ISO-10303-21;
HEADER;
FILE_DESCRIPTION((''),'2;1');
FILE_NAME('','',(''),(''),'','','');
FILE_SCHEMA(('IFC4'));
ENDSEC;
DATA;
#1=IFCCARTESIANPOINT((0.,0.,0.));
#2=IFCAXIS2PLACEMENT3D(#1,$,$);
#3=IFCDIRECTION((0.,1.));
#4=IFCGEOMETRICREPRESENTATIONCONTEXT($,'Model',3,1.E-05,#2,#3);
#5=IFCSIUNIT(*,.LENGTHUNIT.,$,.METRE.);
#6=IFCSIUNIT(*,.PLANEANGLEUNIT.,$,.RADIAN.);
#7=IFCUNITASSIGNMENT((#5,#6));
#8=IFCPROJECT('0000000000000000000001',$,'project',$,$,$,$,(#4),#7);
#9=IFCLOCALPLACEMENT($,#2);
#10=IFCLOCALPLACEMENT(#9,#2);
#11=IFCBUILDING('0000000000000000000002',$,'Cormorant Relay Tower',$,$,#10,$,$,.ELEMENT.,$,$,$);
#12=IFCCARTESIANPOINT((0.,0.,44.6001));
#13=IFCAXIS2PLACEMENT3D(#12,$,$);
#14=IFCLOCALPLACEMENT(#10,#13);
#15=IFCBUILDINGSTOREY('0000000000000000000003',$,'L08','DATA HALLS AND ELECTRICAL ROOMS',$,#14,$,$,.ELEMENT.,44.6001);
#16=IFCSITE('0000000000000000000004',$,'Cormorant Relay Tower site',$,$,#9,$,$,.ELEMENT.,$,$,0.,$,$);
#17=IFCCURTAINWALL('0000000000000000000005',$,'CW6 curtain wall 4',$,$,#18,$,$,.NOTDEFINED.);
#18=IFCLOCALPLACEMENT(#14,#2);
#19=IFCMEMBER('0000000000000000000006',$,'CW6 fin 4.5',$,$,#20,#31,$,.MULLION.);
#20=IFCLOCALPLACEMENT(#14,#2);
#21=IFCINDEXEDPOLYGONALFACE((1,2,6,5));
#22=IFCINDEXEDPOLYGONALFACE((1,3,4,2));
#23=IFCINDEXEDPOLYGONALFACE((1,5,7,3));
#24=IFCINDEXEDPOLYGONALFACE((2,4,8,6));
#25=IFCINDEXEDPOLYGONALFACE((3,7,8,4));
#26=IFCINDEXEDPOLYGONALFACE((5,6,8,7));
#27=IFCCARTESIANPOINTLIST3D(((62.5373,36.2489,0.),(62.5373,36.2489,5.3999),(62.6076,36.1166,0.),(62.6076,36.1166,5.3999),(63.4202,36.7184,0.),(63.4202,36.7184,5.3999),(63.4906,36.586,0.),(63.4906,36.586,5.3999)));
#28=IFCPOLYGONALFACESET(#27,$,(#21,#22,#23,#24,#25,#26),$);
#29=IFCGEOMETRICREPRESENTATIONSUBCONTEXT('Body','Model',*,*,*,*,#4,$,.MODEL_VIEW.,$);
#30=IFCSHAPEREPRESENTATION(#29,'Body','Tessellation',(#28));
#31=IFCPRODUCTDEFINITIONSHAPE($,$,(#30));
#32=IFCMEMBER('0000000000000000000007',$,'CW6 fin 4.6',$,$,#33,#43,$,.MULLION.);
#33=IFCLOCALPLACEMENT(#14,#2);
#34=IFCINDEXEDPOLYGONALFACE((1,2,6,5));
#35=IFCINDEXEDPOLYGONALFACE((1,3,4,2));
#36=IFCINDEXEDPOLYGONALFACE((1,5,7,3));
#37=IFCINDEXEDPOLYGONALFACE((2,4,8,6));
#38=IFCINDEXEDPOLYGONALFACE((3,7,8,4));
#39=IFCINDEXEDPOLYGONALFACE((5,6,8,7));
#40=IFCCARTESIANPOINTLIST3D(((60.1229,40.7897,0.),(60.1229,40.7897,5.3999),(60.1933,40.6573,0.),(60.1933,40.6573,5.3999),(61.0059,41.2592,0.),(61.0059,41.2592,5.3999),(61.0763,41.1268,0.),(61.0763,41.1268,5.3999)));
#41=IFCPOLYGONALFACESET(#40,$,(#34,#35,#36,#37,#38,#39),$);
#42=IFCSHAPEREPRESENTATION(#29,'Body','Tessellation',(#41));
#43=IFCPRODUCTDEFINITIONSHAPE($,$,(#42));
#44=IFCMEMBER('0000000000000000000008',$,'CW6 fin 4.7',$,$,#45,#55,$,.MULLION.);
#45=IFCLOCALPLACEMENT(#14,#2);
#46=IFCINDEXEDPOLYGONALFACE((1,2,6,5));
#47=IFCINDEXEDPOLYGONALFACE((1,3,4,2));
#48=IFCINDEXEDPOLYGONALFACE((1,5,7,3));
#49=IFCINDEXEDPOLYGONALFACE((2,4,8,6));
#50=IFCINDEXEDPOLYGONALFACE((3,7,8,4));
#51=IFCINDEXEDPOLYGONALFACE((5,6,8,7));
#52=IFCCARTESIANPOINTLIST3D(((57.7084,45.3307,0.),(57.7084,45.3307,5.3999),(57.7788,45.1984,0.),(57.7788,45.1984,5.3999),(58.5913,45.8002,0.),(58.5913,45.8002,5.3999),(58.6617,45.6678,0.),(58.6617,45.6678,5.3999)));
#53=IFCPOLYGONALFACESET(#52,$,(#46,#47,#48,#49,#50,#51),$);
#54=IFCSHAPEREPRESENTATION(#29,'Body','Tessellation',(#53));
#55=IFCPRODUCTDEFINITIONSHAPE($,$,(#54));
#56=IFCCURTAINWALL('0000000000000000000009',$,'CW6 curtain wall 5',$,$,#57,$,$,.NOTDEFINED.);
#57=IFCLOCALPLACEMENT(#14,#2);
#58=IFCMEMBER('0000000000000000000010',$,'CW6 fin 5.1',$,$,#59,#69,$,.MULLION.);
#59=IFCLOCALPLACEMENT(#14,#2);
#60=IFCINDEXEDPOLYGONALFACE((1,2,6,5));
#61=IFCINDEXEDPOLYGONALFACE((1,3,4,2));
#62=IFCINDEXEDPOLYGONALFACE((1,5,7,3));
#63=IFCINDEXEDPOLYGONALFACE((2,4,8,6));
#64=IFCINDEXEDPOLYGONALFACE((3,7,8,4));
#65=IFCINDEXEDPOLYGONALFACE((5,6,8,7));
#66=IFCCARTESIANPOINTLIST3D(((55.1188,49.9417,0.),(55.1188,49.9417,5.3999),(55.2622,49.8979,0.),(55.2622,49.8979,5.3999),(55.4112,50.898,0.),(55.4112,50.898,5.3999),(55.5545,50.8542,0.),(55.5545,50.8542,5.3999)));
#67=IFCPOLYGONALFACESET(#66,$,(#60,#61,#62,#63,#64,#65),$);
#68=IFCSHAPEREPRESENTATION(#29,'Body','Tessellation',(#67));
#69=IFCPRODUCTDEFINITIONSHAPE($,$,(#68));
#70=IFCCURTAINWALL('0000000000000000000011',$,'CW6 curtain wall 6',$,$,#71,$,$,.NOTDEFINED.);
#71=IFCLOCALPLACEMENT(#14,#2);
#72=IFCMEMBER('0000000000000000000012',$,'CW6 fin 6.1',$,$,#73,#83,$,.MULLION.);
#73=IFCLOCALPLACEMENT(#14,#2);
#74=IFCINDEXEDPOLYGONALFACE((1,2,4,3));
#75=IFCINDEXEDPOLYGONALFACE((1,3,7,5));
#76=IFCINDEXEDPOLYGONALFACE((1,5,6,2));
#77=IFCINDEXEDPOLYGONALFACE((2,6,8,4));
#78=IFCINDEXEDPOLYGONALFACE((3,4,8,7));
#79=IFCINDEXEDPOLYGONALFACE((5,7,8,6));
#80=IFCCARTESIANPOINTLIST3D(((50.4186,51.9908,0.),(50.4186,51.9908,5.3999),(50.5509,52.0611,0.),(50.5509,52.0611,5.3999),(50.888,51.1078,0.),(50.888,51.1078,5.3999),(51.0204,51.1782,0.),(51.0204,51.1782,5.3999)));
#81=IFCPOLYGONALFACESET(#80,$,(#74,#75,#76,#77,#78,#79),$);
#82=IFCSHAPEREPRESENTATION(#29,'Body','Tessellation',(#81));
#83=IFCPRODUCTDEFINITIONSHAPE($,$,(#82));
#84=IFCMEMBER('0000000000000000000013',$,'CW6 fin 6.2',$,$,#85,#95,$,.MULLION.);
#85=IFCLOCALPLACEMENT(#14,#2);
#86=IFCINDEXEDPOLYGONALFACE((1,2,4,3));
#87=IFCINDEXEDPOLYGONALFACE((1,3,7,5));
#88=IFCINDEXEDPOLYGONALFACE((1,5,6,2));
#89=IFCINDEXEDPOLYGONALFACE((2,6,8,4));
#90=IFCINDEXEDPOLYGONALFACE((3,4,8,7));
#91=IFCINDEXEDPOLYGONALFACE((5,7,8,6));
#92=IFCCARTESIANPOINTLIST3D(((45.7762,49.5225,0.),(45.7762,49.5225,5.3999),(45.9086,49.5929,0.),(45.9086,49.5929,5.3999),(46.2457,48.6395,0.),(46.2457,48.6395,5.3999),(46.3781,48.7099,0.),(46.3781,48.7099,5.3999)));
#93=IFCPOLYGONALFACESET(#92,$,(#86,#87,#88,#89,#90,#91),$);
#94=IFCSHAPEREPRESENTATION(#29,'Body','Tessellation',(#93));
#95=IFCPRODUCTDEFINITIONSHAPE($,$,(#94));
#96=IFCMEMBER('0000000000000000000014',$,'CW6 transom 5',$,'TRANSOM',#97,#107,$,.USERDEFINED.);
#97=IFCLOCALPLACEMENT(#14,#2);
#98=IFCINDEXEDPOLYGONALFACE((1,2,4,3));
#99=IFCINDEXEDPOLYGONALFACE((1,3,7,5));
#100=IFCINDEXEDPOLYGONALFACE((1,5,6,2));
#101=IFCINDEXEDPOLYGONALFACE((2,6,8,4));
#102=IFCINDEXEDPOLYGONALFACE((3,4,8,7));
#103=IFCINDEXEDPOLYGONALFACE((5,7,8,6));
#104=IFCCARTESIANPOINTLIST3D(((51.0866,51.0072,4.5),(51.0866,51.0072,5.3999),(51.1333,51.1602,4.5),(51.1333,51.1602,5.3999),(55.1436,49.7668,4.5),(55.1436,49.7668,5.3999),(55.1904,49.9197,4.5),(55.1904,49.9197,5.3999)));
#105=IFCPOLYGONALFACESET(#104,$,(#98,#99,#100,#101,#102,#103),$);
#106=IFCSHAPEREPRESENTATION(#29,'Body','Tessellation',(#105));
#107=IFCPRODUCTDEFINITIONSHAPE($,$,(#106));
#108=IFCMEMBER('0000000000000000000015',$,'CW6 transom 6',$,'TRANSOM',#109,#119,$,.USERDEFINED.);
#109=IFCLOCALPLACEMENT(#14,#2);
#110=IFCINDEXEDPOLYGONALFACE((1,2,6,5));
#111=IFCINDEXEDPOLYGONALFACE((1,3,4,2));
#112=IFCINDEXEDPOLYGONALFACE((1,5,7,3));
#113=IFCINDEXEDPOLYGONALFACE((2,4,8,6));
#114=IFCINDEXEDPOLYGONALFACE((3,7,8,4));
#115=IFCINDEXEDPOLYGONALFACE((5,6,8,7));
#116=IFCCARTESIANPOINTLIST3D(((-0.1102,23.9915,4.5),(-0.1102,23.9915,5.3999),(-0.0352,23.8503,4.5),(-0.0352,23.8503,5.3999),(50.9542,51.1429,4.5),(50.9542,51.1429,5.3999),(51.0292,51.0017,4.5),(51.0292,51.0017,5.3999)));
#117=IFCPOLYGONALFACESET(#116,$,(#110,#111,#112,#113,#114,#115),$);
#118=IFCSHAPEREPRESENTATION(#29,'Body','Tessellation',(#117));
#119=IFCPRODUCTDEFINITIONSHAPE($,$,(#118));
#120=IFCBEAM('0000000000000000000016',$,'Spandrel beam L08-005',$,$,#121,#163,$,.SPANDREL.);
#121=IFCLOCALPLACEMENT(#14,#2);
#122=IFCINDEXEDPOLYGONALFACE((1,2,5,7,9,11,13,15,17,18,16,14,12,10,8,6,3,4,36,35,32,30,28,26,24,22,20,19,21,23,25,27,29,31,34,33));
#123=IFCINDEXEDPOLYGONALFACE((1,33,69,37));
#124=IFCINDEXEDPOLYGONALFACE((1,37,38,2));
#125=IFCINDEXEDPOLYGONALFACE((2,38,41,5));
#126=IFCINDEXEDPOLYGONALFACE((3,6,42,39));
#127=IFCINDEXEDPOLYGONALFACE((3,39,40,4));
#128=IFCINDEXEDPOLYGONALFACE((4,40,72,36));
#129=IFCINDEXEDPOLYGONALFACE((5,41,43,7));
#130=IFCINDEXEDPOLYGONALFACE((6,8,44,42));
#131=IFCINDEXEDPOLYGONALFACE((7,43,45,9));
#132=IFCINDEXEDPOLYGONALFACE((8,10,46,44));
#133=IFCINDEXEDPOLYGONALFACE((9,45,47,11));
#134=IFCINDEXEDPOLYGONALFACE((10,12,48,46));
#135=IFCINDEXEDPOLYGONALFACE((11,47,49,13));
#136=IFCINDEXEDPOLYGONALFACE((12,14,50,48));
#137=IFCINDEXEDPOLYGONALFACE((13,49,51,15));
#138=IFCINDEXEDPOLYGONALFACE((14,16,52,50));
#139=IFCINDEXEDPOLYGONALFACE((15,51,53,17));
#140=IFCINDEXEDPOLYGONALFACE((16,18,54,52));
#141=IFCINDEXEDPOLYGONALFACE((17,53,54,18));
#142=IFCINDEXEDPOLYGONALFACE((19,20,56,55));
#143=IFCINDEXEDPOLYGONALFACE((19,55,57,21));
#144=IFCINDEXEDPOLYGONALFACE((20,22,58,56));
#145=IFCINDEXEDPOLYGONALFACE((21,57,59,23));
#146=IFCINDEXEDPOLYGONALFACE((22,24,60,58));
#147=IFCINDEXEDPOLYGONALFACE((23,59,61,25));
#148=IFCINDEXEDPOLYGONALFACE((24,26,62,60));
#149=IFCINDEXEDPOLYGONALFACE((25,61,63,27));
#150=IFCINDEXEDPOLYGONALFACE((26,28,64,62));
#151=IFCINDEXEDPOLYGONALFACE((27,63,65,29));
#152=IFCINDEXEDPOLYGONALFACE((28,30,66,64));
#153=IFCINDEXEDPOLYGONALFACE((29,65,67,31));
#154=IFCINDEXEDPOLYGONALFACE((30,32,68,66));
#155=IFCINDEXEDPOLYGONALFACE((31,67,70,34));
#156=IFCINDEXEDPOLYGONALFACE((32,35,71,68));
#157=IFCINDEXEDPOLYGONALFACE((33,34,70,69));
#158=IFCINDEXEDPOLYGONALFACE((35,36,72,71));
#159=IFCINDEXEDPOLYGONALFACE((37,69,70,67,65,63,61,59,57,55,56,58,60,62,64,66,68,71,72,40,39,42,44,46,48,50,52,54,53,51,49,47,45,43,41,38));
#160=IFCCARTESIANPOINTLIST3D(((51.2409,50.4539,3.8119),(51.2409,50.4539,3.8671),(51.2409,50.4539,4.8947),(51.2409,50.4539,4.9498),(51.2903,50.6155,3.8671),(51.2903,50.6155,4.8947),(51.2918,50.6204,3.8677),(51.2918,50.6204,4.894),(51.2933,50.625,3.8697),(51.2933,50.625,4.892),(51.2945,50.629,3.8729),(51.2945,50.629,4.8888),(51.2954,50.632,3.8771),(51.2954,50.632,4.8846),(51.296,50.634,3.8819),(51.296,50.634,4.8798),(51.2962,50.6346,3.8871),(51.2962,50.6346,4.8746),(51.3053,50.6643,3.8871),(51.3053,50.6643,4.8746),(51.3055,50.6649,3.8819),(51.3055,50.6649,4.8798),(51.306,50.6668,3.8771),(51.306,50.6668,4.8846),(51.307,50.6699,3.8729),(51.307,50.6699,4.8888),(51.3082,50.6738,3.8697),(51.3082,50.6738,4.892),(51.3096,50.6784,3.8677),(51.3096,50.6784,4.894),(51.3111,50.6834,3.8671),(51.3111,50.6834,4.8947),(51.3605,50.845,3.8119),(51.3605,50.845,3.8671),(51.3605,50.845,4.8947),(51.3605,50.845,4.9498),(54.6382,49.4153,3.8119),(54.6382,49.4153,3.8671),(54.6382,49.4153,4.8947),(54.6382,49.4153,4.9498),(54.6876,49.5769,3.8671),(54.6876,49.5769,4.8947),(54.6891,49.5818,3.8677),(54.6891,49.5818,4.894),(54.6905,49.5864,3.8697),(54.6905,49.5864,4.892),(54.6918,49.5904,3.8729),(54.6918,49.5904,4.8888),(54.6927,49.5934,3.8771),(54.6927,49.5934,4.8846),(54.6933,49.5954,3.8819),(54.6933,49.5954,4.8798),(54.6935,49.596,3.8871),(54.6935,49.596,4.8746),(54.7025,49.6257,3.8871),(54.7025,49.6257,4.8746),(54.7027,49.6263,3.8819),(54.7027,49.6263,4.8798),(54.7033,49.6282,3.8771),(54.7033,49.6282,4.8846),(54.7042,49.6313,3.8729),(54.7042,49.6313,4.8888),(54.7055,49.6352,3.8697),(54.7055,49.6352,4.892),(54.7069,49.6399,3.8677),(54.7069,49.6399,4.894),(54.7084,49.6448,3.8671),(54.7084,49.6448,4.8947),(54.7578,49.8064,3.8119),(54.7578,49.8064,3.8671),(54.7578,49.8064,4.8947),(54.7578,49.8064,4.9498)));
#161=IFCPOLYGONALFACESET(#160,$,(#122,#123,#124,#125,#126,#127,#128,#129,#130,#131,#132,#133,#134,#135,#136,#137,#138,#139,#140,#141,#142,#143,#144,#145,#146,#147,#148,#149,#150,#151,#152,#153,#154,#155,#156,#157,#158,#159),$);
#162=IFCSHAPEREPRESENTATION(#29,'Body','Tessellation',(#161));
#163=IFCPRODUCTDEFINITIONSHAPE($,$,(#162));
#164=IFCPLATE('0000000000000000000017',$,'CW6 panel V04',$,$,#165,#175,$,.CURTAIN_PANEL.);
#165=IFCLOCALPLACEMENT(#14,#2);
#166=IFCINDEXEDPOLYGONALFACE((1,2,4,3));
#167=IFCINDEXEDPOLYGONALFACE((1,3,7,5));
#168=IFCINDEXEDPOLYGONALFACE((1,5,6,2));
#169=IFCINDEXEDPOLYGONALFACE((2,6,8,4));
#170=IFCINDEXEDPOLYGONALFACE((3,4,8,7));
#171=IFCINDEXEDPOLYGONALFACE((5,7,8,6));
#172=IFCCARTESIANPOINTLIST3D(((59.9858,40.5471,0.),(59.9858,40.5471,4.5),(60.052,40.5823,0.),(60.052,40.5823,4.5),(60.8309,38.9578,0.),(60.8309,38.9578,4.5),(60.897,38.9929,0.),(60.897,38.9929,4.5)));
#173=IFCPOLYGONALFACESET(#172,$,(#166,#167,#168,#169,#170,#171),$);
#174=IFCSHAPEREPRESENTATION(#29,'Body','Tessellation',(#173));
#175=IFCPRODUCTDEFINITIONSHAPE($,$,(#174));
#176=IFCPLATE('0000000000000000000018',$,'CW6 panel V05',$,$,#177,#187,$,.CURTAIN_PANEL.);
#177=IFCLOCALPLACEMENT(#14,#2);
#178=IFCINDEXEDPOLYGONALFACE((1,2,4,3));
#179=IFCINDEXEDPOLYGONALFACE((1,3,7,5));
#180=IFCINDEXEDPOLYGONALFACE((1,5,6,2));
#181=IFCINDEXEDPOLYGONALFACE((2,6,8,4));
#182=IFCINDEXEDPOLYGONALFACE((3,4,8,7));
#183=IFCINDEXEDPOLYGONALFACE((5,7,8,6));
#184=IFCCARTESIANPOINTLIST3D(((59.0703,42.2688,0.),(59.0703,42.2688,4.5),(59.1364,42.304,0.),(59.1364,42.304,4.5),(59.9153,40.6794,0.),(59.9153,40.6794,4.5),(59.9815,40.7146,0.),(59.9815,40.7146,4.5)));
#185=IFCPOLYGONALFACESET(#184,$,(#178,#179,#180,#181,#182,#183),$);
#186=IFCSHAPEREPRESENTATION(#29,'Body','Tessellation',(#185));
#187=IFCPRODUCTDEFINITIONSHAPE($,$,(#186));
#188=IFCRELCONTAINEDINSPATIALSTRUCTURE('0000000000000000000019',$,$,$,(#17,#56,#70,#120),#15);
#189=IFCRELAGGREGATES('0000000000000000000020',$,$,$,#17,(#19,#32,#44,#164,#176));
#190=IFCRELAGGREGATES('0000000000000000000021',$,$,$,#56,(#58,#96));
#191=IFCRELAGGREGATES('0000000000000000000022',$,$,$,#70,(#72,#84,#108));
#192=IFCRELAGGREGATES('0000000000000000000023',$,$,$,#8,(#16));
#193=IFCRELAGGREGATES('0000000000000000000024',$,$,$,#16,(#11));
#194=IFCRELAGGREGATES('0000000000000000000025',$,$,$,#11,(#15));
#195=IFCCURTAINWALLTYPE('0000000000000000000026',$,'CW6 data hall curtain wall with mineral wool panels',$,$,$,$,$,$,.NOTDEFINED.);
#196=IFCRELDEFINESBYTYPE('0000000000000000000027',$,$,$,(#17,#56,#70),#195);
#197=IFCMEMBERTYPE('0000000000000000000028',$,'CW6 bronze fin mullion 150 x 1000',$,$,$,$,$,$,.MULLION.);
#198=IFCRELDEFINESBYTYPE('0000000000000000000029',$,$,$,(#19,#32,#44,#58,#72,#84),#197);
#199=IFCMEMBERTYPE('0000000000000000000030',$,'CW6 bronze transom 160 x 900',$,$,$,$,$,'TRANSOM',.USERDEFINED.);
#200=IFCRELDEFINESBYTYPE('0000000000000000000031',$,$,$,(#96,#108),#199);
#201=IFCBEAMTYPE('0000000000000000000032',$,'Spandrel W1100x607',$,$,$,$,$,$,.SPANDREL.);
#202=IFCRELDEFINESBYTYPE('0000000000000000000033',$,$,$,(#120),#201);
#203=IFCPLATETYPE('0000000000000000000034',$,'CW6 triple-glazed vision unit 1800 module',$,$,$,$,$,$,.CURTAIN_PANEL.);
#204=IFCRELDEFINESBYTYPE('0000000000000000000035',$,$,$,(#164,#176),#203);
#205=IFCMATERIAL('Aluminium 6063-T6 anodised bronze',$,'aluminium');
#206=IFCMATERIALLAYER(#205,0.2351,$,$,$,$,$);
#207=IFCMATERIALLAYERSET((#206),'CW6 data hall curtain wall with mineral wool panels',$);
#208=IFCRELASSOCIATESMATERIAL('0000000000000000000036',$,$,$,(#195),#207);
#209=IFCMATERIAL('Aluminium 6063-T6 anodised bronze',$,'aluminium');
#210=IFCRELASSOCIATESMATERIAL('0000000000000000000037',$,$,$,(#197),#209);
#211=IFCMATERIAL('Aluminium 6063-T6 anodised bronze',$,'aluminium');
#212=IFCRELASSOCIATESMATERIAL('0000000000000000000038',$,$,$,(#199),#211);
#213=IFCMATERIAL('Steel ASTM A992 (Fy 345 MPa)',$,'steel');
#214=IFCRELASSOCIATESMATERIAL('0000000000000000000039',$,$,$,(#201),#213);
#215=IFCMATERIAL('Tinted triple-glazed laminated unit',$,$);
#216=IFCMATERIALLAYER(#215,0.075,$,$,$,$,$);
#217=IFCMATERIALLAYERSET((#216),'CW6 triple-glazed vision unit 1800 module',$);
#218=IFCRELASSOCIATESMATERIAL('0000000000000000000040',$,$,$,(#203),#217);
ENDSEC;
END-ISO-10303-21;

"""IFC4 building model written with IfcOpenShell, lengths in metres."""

from ifc_helpers import new_model, si_unit, direction, frame, origin, origin_2d, place, context, subcontext, project, spatial, rectangle, i_section, extrude, material, layer, layer_set, material_profile, profile_set, type_object, element, aggregate, save


model = new_model("IFC4")

# Units and contexts
model_context = context("Model", 3, precision=1e-05, world=origin(), true_north=direction((0.0, 1.0)))
body_context = subcontext(model_context, "Body", "Model", "MODEL_VIEW")
ifc_project = project(units=[si_unit("LENGTHUNIT", "METRE"), si_unit("PLANEANGLEUNIT", "RADIAN")], contexts=[model_context])

# Site, building, storey
site_placement = place(None, origin())
site = spatial("IfcSite", under=ifc_project, at=site_placement, Name="Cormorant Relay Tower site", CompositionType="ELEMENT", RefElevation=0.0)
building_placement = place(site_placement, origin())
building = spatial("IfcBuilding", under=site, at=building_placement, Name="Cormorant Relay Tower", CompositionType="ELEMENT")
storey_placement = place(building_placement, frame((0.0, 0.0, 44.6001)))
storey = spatial("IfcBuildingStorey", under=building, at=storey_placement, Name="L08", Description="DATA HALLS AND ELECTRICAL ROOMS", CompositionType="ELEMENT", Elevation=44.6001)

# Curtain wall, members
ifc_material_1 = material(Name="Aluminium 6063-T6 anodised bronze", Category="aluminium")
ifc_layer_1 = layer(ifc_material_1, 0.2351)
ifc_layer_set_1 = layer_set([ifc_layer_1], Name="CW6 data hall curtain wall with mineral wool panels")
curtain_wall_type = type_object("IfcCurtainWallType", Name="CW6 data hall curtain wall with mineral wool panels", PredefinedType="NOTDEFINED", material=ifc_layer_set_1)
curtain_wall_1_placement = place(storey_placement, origin())
curtain_wall_1 = element("IfcCurtainWall", 1, at=curtain_wall_1_placement, inside=storey, type_object=curtain_wall_type, Name="CW6 curtain wall 4", PredefinedType="NOTDEFINED")
ifc_material_2 = material(Name="Aluminium 6063-T6 anodised bronze", Category="aluminium")
ifc_material_profile_1 = material_profile(ifc_material_2, rectangle(XDim=0.1499, YDim=1.0, at=origin_2d()), Name="AL 150x1000")
ifc_profile_set_1 = profile_set([ifc_material_profile_1], Name="Aluminium 6063-T6 anodised bronze")
member_type_1 = type_object("IfcMemberType", Name="CW6 bronze fin mullion 150 x 1000", PredefinedType="MULLION", material=ifc_profile_set_1)
member_1_placement = place(storey_placement, frame((63.0139, 36.4175, 0.0), z_axis=(0.0, 0.0, 1.0), x_axis=(-0.469472, 0.882948, 0.0)))
member_1 = element("IfcMember", 2, at=member_1_placement, type_object=member_type_1, Name="CW6 fin 4.5", PredefinedType="MULLION", context=body_context, shape_type="SweptSolid", body=[
    extrude(rectangle(XDim=0.1499, YDim=1.0, at=origin_2d()), origin(), (0.0, 0.0, 1.0), 5.3999),
])
member_2_placement = place(storey_placement, frame((60.5996, 40.9583, 0.0), z_axis=(0.0, 0.0, 1.0), x_axis=(-0.469472, 0.882948, 0.0)))
member_2 = element("IfcMember", 3, at=member_2_placement, type_object=member_type_1, Name="CW6 fin 4.6", PredefinedType="MULLION", context=body_context, shape_type="SweptSolid", body=[
    extrude(rectangle(XDim=0.1499, YDim=1.0, at=origin_2d()), origin(), (0.0, 0.0, 1.0), 5.3999),
])
member_3_placement = place(storey_placement, frame((58.1851, 45.4993, 0.0), z_axis=(0.0, 0.0, 1.0), x_axis=(-0.469472, 0.882948, 0.0)))
member_3 = element("IfcMember", 4, at=member_3_placement, type_object=member_type_1, Name="CW6 fin 4.7", PredefinedType="MULLION", context=body_context, shape_type="SweptSolid", body=[
    extrude(rectangle(XDim=0.1499, YDim=1.0, at=origin_2d()), origin(), (0.0, 0.0, 1.0), 5.3999),
])

# Curtain wall, member
curtain_wall_2_placement = place(storey_placement, origin())
curtain_wall_2 = element("IfcCurtainWall", 5, at=curtain_wall_2_placement, inside=storey, type_object=curtain_wall_type, Name="CW6 curtain wall 5", PredefinedType="NOTDEFINED")
member_4_placement = place(storey_placement, frame((55.3367, 50.3979, 0.0), z_axis=(0.0, 0.0, 1.0), x_axis=(-0.956305, 0.292372, 0.0)))
member_4 = element("IfcMember", 6, at=member_4_placement, type_object=member_type_1, Name="CW6 fin 5.1", PredefinedType="MULLION", context=body_context, shape_type="SweptSolid", body=[
    extrude(rectangle(XDim=0.1499, YDim=1.0, at=origin_2d()), origin(), (0.0, 0.0, 1.0), 5.3999),
])

# Curtain wall, members
curtain_wall_3_placement = place(storey_placement, origin())
curtain_wall_3 = element("IfcCurtainWall", 7, at=curtain_wall_3_placement, inside=storey, type_object=curtain_wall_type, Name="CW6 curtain wall 6", PredefinedType="NOTDEFINED")
member_5_placement = place(storey_placement, frame((50.7195, 51.5845, 0.0), z_axis=(0.0, 0.0, 1.0), x_axis=(-0.882948, -0.469472, 0.0)))
member_5 = element("IfcMember", 8, at=member_5_placement, type_object=member_type_1, Name="CW6 fin 6.1", PredefinedType="MULLION", context=body_context, shape_type="SweptSolid", body=[
    extrude(rectangle(XDim=0.1499, YDim=1.0, at=origin_2d()), origin(), (0.0, 0.0, 1.0), 5.3999),
])
member_6_placement = place(storey_placement, frame((46.0771, 49.1162, 0.0), z_axis=(0.0, 0.0, 1.0), x_axis=(-0.882948, -0.469472, 0.0)))
member_6 = element("IfcMember", 9, at=member_6_placement, type_object=member_type_1, Name="CW6 fin 6.2", PredefinedType="MULLION", context=body_context, shape_type="SweptSolid", body=[
    extrude(rectangle(XDim=0.1499, YDim=1.0, at=origin_2d()), origin(), (0.0, 0.0, 1.0), 5.3999),
])

# Members
ifc_material_3 = material(Name="Aluminium 6063-T6 anodised bronze", Category="aluminium")
ifc_material_profile_2 = material_profile(ifc_material_3, rectangle(XDim=0.1599, YDim=0.8999, at=origin_2d()), Name="AL 160x900")
ifc_profile_set_2 = profile_set([ifc_material_profile_2], Name="Aluminium 6063-T6 anodised bronze")
member_type_2 = type_object("IfcMemberType", Name="CW6 bronze transom 160 x 900", ElementType="TRANSOM", PredefinedType="USERDEFINED", material=ifc_profile_set_2)
member_7_placement = place(storey_placement, frame((55.167, 49.8433, 4.95), z_axis=(-0.956299, 0.292391, 0.0), x_axis=(-0.292391, -0.956299, 0.0)))
member_7 = element("IfcMember", 10, at=member_7_placement, type_object=member_type_2, Name="CW6 transom 5", ObjectType="TRANSOM", PredefinedType="USERDEFINED", context=body_context, shape_type="SweptSolid", body=[
    extrude(rectangle(XDim=0.1599, YDim=0.8999, at=origin_2d()), origin(), (0.0, 0.0, 1.0), 4.2424),
])
member_8_placement = place(storey_placement, frame((50.9917, 51.0723, 4.95), z_axis=(-0.882948, -0.46947, 0.0), x_axis=(0.46947, -0.882948, 0.0)))
member_8 = element("IfcMember", 11, at=member_8_placement, type_object=member_type_2, Name="CW6 transom 6", ObjectType="TRANSOM", PredefinedType="USERDEFINED", context=body_context, shape_type="SweptSolid", body=[
    extrude(rectangle(XDim=0.1599, YDim=0.8999, at=origin_2d()), origin(), (0.0, 0.0, 1.0), 57.834),
])

# Beam
ifc_material_4 = material(Name="Steel ASTM A992 (Fy 345 MPa)", Category="steel")
ifc_material_profile_3 = material_profile(ifc_material_4, i_section(OverallWidth=0.4089, OverallDepth=1.1379, WebThickness=0.031, FlangeThickness=0.0552, FilletRadius=0.02, at=origin_2d()), Name="W1100x607")
ifc_profile_set_3 = profile_set([ifc_material_profile_3], Name="Steel ASTM A992 (Fy 345 MPa)")
beam_type = type_object("IfcBeamType", Name="Spandrel W1100x607", PredefinedType="SPANDREL", material=ifc_profile_set_3)
beam_placement = place(storey_placement, frame((54.698, 49.6108, 4.3809), z_axis=(-0.956309, 0.292356, 0.0), x_axis=(-0.292356, -0.956309, 0.0)))
element("IfcBeam", 12, at=beam_placement, inside=storey, type_object=beam_type, Name="Spandrel beam L08-005", PredefinedType="SPANDREL", context=body_context, shape_type="SweptSolid", body=[
    extrude(i_section(OverallWidth=0.4089, OverallDepth=1.1379, WebThickness=0.031, FlangeThickness=0.0552, FilletRadius=0.02, at=origin_2d()), origin(), (0.0, 0.0, 1.0), 3.5525),
])

# Plates
ifc_material_5 = material(Name="Tinted triple-glazed laminated unit")
ifc_layer_2 = layer(ifc_material_5, 0.075)
ifc_layer_set_2 = layer_set([ifc_layer_2], Name="CW6 triple-glazed vision unit 1800 module")
plate_type = type_object("IfcPlateType", Name="CW6 triple-glazed vision unit 1800 module", PredefinedType="CURTAIN_PANEL", material=ifc_layer_set_2)
plate_1_placement = place(storey_placement, frame((60.4414, 39.77, 0.0), z_axis=(0.0, 0.0, 1.0), x_axis=(-0.469472, 0.882948, 0.0)))
plate_1 = element("IfcPlate", 13, at=plate_1_placement, type_object=plate_type, Name="CW6 panel V04", PredefinedType="CURTAIN_PANEL", context=body_context, shape_type="SweptSolid", body=[
    extrude(rectangle(XDim=1.8, YDim=0.075, at=origin_2d()), origin(), (0.0, 0.0, 1.0), 4.5),
])
plate_2_placement = place(storey_placement, frame((59.5259, 41.4917, 0.0), z_axis=(0.0, 0.0, 1.0), x_axis=(-0.469472, 0.882948, 0.0)))
plate_2 = element("IfcPlate", 14, at=plate_2_placement, type_object=plate_type, Name="CW6 panel V05", PredefinedType="CURTAIN_PANEL", context=body_context, shape_type="SweptSolid", body=[
    extrude(rectangle(XDim=1.8, YDim=0.075, at=origin_2d()), origin(), (0.0, 0.0, 1.0), 4.5),
])

aggregate(curtain_wall_1, [member_1, member_2, member_3, plate_1, plate_2])
aggregate(curtain_wall_2, [member_4, member_7])
aggregate(curtain_wall_3, [member_5, member_6, member_8])

save(model, "model.ifc")
